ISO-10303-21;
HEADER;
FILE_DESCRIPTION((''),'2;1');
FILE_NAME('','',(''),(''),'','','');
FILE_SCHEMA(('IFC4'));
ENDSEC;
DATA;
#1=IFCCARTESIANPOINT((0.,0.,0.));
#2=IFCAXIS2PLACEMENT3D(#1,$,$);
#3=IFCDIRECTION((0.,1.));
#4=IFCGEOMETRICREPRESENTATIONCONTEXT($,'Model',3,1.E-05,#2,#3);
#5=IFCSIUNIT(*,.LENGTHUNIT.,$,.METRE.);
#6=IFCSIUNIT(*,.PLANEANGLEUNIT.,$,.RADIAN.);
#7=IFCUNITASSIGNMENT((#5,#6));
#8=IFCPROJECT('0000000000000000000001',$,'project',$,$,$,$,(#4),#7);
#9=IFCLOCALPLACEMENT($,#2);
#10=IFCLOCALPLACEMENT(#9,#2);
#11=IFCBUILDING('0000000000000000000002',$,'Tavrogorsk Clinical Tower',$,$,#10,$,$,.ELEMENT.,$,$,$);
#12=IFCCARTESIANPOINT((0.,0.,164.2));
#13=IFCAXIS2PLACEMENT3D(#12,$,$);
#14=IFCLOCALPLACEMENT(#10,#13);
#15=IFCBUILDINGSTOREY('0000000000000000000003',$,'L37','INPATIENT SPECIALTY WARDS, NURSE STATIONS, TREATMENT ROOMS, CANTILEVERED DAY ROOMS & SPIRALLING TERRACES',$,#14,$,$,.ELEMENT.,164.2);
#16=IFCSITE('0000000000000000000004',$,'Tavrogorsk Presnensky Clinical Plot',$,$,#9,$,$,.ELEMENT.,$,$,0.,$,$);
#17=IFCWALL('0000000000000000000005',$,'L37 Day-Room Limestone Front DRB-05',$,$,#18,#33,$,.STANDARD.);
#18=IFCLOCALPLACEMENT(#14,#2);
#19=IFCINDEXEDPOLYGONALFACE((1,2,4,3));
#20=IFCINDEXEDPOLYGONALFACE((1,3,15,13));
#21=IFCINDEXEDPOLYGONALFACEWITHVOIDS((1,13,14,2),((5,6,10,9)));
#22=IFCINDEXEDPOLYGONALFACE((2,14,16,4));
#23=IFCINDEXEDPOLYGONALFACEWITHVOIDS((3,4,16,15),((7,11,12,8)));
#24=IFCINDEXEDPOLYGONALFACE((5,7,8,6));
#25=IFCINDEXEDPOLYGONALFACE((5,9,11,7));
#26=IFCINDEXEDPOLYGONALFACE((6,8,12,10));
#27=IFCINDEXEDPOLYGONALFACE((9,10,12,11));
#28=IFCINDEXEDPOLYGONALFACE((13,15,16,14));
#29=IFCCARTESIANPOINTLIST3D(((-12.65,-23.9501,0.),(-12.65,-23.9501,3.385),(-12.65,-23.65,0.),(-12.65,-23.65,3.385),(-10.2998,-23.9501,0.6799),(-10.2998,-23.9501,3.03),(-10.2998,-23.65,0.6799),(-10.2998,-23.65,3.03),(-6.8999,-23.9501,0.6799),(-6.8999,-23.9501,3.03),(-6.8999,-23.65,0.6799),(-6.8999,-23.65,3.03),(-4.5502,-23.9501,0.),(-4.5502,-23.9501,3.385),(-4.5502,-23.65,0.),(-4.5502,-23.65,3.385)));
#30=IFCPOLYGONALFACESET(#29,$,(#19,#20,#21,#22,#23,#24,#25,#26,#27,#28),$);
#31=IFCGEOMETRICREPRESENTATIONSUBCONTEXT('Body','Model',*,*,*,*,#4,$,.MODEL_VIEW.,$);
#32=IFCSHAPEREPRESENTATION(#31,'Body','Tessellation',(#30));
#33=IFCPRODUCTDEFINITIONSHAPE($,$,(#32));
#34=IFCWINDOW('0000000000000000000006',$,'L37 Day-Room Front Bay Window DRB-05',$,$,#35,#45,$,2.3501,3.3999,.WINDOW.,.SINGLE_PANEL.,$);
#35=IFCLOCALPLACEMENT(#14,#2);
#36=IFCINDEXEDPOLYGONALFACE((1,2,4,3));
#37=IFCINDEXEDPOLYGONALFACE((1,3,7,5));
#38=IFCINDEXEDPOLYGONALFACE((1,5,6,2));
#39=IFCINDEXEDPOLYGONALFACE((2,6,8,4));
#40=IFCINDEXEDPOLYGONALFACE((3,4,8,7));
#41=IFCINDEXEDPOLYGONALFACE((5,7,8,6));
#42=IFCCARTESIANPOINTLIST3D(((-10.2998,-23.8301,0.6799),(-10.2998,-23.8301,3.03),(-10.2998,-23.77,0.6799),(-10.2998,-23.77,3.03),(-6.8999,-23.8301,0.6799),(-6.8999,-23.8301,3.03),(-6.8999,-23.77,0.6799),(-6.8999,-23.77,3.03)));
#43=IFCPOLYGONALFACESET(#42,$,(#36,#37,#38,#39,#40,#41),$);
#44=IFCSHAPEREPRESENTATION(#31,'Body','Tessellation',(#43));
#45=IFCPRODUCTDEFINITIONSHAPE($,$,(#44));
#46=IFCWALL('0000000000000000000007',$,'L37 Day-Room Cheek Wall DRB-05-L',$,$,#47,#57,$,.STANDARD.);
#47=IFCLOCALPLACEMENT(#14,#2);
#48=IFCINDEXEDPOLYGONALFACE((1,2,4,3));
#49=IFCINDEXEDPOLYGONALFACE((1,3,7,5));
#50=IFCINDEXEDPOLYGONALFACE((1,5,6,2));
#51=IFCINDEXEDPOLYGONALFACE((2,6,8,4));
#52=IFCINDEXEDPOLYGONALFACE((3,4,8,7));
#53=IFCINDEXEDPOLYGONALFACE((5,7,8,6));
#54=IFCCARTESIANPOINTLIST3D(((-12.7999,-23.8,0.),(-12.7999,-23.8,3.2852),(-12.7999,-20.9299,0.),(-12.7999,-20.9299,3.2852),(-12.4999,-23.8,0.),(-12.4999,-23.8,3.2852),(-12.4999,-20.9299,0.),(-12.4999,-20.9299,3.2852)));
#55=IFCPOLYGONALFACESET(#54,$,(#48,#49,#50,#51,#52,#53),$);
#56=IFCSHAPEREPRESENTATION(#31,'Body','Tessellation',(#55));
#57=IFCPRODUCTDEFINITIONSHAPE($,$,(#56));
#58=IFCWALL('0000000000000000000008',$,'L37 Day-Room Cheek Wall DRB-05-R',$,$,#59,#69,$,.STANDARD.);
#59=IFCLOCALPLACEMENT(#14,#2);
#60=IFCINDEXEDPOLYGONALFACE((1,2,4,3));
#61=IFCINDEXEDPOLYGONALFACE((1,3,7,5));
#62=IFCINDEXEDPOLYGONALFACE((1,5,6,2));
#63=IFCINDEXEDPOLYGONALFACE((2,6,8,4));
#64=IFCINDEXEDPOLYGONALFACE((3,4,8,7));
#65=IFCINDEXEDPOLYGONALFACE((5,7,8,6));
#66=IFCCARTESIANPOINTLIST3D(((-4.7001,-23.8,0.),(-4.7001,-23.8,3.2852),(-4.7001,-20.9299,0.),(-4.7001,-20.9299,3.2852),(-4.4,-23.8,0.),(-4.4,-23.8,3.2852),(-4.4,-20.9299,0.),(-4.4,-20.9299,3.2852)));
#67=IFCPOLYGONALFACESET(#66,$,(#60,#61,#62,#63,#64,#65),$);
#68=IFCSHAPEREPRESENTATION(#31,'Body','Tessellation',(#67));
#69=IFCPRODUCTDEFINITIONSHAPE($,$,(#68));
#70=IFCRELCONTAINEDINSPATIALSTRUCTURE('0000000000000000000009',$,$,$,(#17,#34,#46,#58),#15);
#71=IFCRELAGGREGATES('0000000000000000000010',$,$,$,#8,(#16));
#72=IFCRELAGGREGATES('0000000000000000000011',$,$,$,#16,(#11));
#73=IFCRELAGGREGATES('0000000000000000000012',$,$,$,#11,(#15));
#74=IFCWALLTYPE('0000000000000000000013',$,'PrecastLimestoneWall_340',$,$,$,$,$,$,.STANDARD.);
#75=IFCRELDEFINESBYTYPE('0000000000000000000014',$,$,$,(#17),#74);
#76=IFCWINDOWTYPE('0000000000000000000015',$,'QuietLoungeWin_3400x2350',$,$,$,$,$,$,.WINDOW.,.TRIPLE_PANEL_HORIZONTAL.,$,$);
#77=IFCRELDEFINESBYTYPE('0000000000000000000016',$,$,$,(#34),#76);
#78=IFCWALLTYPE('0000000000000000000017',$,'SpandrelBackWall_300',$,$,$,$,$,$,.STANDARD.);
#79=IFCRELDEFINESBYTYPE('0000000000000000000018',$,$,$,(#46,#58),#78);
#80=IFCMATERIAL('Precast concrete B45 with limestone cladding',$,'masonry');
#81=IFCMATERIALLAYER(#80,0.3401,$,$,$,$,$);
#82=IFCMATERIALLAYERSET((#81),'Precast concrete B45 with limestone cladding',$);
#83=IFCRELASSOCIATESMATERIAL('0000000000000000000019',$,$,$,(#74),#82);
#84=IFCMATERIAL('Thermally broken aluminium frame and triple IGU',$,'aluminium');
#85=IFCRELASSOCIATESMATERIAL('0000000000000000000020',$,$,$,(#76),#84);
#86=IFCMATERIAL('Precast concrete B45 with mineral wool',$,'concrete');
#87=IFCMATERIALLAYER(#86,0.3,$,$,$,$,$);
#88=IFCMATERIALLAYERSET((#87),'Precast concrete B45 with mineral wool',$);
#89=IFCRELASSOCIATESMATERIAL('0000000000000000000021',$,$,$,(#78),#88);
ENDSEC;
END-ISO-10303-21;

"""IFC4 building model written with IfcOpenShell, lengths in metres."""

from ifc_helpers import new_model, si_unit, direction, frame, frame_2d, origin, place, context, subcontext, project, spatial, rectangle, extrude, material, layer, layer_set, type_object, element, fill, save


model = new_model("IFC4")

# Units and contexts
model_context = context("Model", 3, precision=1e-05, world=origin(), true_north=direction((0.0, 1.0)))
body_context = subcontext(model_context, "Body", "Model", "MODEL_VIEW")
ifc_project = project(units=[si_unit("LENGTHUNIT", "METRE"), si_unit("PLANEANGLEUNIT", "RADIAN")], contexts=[model_context])

# Site, building, storey
site_placement = place(None, origin())
site = spatial("IfcSite", under=ifc_project, at=site_placement, Name="Tavrogorsk Presnensky Clinical Plot", CompositionType="ELEMENT", RefElevation=0.0)
building_placement = place(site_placement, origin())
building = spatial("IfcBuilding", under=site, at=building_placement, Name="Tavrogorsk Clinical Tower", CompositionType="ELEMENT")
storey_placement = place(building_placement, frame((0.0, 0.0, 164.2)))
storey = spatial("IfcBuildingStorey", under=building, at=storey_placement, Name="L37", Description="INPATIENT SPECIALTY WARDS, NURSE STATIONS, TREATMENT ROOMS, CANTILEVERED DAY ROOMS & SPIRALLING TERRACES", CompositionType="ELEMENT", Elevation=164.2)

# Shared definitions
ifc_material_1 = material(Name="Precast concrete B45 with limestone cladding", Category="masonry")
ifc_layer_1 = layer(ifc_material_1, 0.3401)
ifc_layer_set_1 = layer_set([ifc_layer_1], Name="Precast concrete B45 with limestone cladding")
wall_type_1 = type_object("IfcWallType", Name="PrecastLimestoneWall_340", PredefinedType="STANDARD", material=ifc_layer_set_1)

# Wall, opening, window
wall_1_placement = place(storey_placement, frame((-12.6499, -23.8, 0.0), z_axis=(0.0, 0.0, 1.0), x_axis=(1.0, 0.0, 0.0)))
wall_1 = element("IfcWall", 1, at=wall_1_placement, inside=storey, type_object=wall_type_1, Name="L37 Day-Room Limestone Front DRB-05", PredefinedType="STANDARD", context=body_context, shape_type="SweptSolid", body=[
    extrude(rectangle(XDim=8.0999, YDim=0.3, at=frame_2d((4.0498, 0.0))), origin(), (0.0, 0.0, 1.0), 3.385),
])
opening_1_placement = place(wall_1_placement, frame((2.3501, 0.0, 0.6799)))
opening_1 = element("IfcOpeningElement", 2, at=opening_1_placement, cuts=wall_1, PredefinedType="OPENING", context=body_context, shape_type="SweptSolid", body=[
    extrude(rectangle(XDim=3.3999, YDim=2.3501, at=frame_2d((1.7, 1.175))), frame((0.0, 0.1599, 0.0), z_axis=(0.0, -1.0, 0.0), x_axis=(1.0, 0.0, 0.0)), (0.0, 0.0, 1.0), 0.3201),
])
ifc_material_2 = material(Name="Thermally broken aluminium frame and triple IGU", Category="aluminium")
window_type_1 = type_object("IfcWindowType", Name="QuietLoungeWin_3400x2350", PartitioningType="TRIPLE_PANEL_HORIZONTAL", PredefinedType="WINDOW", material=ifc_material_2)
window_1_placement = place(opening_1_placement, origin())
window_1 = element("IfcWindow", 3, at=window_1_placement, inside=storey, type_object=window_type_1, Name="L37 Day-Room Front Bay Window DRB-05", OverallHeight=2.3501, OverallWidth=3.3999, PartitioningType="SINGLE_PANEL", PredefinedType="WINDOW", context=body_context, shape_type="SweptSolid", body=[
    extrude(rectangle(XDim=3.3999, YDim=2.3501, at=frame_2d((1.7, 1.175))), frame((0.0, 0.03, 0.0), z_axis=(0.0, -1.0, 0.0), x_axis=(1.0, 0.0, 0.0)), (0.0, 0.0, 1.0), 0.0601),
])
fill(opening_1, window_1)

# Walls
ifc_material_3 = material(Name="Precast concrete B45 with mineral wool", Category="concrete")
ifc_layer_2 = layer(ifc_material_3, 0.3)
ifc_layer_set_2 = layer_set([ifc_layer_2], Name="Precast concrete B45 with mineral wool")
wall_type_2 = type_object("IfcWallType", Name="SpandrelBackWall_300", PredefinedType="STANDARD", material=ifc_layer_set_2)
for number, where, z_axis, x_axis, name in (
    (4, (-12.6499, -20.9299, 0.0), (0.0, 0.0, 1.0), (0.0, -1.0, 0.0), "L37 Day-Room Cheek Wall DRB-05-L"),
    (5, (-4.55, -20.9299, 0.0), (0.0, 0.0, 1.0), (0.0, -1.0, 0.0), "L37 Day-Room Cheek Wall DRB-05-R"),
):
    element("IfcWall", number, at=place(storey_placement, frame(where, z_axis=z_axis, x_axis=x_axis)), inside=storey, type_object=wall_type_2, Name=name, PredefinedType="STANDARD", context=body_context, shape_type="SweptSolid", body=[
        extrude(rectangle(XDim=2.8701, YDim=0.3, at=frame_2d((1.4351, 0.0))), origin(), (0.0, 0.0, 1.0), 3.2852),
    ])

save(model, "model.ifc")
